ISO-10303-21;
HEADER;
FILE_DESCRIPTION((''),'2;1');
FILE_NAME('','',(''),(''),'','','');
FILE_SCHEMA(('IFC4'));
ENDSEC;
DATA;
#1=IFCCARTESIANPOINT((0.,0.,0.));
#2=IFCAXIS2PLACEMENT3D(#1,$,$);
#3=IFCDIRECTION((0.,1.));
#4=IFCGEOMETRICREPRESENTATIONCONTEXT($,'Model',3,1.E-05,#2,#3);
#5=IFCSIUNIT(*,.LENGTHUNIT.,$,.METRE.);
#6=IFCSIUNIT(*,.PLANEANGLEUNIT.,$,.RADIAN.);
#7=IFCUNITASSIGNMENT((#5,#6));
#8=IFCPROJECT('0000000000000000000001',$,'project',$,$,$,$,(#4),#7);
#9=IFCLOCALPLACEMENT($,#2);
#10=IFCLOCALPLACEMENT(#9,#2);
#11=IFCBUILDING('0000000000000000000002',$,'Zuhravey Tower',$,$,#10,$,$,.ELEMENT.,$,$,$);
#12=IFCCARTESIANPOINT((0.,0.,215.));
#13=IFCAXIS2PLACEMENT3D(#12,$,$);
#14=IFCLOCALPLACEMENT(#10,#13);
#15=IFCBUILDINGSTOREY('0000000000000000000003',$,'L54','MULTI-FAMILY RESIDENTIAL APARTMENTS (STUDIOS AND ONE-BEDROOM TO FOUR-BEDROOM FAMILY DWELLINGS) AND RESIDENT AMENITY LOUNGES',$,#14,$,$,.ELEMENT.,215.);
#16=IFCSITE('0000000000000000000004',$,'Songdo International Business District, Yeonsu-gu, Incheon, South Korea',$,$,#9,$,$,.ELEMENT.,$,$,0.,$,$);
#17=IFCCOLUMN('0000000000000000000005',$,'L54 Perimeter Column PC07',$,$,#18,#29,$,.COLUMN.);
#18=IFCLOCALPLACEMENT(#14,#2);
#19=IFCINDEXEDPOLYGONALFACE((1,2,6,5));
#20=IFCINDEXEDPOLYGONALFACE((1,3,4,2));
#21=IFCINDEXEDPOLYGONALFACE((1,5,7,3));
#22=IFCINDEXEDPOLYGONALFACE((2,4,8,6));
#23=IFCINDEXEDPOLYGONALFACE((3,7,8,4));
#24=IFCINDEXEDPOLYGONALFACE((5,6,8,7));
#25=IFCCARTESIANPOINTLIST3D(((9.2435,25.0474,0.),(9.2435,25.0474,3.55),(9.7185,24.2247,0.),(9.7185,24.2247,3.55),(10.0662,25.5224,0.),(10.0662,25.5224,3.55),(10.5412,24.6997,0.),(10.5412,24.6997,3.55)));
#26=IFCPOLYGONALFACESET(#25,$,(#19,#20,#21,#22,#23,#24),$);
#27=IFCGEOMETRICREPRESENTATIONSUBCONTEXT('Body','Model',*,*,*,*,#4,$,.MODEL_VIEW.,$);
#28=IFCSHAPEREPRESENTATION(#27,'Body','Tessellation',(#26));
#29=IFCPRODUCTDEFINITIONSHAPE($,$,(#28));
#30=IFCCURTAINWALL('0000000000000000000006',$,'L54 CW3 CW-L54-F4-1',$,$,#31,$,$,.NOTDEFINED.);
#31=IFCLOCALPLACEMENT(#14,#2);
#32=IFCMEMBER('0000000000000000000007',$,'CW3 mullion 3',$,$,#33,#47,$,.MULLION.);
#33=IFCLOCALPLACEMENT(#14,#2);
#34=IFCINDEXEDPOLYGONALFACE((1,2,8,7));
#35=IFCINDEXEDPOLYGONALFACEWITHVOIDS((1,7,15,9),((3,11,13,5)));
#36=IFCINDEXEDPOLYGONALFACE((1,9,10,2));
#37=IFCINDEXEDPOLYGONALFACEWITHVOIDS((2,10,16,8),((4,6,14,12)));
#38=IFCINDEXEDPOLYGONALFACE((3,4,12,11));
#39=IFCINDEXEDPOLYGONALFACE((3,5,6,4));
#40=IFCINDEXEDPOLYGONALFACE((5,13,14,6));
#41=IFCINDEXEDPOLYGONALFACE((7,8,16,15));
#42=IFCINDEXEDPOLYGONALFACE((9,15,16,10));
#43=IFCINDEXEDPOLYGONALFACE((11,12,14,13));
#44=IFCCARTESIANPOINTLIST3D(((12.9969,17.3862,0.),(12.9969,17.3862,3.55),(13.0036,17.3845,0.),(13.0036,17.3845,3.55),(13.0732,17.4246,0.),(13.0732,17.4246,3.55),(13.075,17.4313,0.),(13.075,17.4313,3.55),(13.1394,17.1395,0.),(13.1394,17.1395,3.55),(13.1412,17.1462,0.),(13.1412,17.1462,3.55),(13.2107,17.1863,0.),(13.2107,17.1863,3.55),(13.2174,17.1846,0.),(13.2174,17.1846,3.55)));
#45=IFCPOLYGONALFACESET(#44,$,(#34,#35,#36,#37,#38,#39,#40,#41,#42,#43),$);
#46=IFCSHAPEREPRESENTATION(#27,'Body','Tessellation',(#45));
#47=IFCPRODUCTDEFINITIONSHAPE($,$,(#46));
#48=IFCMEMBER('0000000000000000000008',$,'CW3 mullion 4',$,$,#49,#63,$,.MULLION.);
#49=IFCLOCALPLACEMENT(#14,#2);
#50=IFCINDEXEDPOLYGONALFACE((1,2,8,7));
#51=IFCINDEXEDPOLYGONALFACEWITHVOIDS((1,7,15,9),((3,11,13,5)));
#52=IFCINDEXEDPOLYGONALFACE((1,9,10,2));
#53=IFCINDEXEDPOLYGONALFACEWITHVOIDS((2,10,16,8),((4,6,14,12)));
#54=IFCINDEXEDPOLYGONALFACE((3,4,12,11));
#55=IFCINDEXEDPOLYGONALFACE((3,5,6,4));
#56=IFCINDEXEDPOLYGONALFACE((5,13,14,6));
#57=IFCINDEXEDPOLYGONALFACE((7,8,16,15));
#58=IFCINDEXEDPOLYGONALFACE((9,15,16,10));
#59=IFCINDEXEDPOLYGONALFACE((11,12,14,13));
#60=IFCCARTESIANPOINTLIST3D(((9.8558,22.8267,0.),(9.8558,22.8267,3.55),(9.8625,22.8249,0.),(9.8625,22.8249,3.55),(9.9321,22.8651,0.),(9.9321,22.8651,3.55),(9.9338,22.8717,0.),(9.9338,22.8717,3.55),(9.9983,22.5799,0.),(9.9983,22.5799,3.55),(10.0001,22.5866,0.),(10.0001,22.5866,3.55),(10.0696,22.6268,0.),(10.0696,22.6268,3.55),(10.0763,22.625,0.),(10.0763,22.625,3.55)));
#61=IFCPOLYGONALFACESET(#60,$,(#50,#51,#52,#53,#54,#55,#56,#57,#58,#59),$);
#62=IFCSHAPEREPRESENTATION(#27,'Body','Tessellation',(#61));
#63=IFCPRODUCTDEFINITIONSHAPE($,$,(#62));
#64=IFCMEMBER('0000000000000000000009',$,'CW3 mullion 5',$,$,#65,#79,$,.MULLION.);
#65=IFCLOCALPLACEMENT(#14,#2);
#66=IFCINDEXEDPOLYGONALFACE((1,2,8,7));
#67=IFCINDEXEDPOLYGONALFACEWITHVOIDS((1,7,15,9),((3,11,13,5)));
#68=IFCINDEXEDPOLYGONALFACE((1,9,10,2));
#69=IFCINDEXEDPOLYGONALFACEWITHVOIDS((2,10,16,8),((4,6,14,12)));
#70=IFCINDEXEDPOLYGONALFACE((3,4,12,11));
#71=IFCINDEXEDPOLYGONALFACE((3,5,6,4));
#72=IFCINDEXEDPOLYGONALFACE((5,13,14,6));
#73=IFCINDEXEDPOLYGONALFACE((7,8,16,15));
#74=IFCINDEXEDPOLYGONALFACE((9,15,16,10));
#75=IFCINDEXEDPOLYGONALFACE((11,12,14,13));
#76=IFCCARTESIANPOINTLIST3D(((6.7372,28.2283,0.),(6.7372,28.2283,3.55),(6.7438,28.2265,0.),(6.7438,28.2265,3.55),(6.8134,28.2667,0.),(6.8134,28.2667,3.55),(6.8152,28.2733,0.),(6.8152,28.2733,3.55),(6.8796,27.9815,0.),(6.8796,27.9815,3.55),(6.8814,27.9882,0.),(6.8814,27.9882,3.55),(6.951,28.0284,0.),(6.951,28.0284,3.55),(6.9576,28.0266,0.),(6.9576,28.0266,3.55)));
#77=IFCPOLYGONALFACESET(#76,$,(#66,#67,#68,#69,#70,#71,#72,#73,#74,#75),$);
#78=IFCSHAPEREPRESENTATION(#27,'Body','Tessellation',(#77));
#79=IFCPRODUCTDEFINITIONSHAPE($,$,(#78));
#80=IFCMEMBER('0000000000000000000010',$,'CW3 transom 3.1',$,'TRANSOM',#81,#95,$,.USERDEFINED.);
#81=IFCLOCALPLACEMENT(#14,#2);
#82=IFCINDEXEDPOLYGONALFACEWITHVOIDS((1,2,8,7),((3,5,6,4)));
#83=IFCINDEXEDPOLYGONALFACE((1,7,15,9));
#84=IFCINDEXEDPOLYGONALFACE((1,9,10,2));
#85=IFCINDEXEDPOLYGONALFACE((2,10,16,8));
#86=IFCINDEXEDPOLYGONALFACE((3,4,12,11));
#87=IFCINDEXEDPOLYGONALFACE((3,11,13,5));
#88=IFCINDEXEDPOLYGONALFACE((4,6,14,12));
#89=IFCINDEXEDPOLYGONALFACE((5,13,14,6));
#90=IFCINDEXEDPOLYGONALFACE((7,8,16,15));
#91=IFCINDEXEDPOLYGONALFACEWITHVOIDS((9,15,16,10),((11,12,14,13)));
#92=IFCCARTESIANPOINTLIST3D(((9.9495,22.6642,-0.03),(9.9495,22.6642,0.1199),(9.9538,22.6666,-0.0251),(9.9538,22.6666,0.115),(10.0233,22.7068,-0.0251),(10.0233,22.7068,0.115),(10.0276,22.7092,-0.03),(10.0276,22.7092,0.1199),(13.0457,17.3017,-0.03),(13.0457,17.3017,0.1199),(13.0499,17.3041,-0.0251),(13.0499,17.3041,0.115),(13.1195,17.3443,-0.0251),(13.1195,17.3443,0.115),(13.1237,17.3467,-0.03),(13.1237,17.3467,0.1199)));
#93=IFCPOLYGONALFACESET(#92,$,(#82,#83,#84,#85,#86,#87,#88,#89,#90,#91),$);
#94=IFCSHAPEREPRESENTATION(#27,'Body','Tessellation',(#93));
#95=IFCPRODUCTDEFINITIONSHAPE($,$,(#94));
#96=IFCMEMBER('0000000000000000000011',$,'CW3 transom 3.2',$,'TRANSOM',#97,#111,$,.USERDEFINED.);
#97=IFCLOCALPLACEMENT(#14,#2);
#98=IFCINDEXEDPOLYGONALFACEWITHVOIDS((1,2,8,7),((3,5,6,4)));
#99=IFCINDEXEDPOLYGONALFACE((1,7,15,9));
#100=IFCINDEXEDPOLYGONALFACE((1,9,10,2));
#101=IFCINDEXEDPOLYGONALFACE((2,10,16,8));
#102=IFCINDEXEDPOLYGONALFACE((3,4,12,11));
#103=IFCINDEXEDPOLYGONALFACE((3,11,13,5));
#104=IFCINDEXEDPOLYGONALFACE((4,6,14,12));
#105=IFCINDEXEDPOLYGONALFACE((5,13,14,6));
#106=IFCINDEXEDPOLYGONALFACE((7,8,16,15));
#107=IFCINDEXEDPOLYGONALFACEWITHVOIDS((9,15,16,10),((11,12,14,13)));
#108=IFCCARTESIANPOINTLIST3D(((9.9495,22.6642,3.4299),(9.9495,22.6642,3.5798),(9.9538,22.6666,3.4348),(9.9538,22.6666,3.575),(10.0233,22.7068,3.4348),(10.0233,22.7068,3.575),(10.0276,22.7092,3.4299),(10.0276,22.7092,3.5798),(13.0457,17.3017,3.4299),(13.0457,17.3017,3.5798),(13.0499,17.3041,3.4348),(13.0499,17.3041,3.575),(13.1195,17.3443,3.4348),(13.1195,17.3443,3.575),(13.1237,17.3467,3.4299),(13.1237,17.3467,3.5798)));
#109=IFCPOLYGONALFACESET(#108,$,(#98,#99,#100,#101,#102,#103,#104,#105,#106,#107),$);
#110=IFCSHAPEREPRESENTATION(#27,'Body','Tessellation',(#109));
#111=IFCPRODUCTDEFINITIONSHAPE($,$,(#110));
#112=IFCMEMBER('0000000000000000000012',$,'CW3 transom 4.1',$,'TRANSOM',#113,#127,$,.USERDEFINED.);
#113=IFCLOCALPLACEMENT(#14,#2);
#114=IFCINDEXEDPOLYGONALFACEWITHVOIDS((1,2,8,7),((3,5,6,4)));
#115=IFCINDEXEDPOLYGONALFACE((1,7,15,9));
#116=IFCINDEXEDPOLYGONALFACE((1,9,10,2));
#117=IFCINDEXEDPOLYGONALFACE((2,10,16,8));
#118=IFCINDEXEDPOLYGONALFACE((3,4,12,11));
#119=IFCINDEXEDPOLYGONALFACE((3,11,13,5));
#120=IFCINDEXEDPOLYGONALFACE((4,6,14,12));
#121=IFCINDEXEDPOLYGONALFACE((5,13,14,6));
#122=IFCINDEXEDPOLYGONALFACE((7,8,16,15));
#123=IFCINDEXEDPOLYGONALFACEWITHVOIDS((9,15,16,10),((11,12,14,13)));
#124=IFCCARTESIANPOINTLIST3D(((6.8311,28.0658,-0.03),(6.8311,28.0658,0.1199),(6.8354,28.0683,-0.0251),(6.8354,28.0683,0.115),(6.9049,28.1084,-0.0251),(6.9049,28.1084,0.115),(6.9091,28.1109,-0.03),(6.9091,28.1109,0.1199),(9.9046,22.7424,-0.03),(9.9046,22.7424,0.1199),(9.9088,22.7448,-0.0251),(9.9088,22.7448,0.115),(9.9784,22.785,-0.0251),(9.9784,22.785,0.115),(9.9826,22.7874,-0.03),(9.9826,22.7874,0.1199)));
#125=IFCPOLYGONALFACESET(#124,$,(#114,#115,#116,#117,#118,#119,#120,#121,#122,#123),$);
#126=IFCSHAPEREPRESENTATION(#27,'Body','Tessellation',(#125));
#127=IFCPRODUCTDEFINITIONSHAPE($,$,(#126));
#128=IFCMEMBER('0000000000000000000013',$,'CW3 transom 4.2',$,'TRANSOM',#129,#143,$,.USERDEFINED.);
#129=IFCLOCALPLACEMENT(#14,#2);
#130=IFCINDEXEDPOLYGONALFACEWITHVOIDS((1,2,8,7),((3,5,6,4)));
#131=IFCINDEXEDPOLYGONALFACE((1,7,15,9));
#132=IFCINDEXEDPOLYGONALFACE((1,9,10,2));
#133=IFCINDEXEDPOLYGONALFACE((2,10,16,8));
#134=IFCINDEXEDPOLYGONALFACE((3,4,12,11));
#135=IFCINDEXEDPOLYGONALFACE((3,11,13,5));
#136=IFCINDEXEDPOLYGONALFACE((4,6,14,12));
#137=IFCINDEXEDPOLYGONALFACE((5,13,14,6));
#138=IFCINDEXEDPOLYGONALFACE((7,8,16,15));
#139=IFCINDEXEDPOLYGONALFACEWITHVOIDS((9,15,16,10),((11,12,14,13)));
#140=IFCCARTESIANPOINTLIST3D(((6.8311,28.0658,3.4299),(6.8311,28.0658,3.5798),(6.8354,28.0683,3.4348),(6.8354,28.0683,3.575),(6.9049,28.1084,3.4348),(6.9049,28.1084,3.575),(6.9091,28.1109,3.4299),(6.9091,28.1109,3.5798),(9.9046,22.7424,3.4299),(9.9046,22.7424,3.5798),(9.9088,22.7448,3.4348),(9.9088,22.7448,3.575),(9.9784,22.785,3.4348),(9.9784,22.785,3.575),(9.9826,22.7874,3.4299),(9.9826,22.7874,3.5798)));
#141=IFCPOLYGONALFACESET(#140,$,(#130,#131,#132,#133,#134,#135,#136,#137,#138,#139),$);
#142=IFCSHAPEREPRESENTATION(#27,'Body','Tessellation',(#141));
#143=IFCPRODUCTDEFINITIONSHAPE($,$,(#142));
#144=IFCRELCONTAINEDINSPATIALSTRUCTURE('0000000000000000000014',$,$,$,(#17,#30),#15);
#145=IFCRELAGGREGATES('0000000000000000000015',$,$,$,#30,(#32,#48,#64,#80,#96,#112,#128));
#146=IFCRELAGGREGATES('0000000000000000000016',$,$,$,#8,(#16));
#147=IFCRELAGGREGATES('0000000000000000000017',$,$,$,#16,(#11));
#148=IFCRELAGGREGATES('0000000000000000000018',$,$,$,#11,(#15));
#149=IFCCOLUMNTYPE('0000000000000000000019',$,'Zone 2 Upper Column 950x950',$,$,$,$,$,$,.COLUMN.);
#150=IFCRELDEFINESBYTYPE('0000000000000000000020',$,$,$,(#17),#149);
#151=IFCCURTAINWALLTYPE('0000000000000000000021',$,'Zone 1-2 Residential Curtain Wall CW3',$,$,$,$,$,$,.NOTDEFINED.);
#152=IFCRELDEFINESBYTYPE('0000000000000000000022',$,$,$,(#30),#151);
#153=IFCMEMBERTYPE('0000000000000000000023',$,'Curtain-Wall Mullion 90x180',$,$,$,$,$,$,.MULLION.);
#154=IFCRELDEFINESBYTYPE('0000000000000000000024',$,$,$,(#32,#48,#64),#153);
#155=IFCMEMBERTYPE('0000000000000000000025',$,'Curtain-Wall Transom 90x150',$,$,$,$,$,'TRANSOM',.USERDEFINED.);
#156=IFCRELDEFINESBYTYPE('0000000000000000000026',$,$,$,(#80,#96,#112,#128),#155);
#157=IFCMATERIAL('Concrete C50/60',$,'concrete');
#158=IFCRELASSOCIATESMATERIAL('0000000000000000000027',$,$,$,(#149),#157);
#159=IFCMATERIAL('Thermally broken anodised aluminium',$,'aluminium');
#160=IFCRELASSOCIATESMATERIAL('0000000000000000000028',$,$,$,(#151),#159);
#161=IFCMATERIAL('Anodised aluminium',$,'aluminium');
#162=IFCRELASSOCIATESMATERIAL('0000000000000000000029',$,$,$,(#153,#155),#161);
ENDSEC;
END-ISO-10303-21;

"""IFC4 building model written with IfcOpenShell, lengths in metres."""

from ifc_helpers import new_model, si_unit, direction, frame, origin, origin_2d, place, context, subcontext, project, spatial, rectangle, hollow_rectangle, extrude, material, material_profile, profile_set, type_object, element, aggregate, save


model = new_model("IFC4")

# Units and contexts
model_context = context("Model", 3, precision=1e-05, world=origin(), true_north=direction((0.0, 1.0)))
body_context = subcontext(model_context, "Body", "Model", "MODEL_VIEW")
ifc_project = project(units=[si_unit("LENGTHUNIT", "METRE"), si_unit("PLANEANGLEUNIT", "RADIAN")], contexts=[model_context])

# Site, building, storey
site_placement = place(None, origin())
site = spatial("IfcSite", under=ifc_project, at=site_placement, Name="Songdo International Business District, Yeonsu-gu, Incheon, South Korea", CompositionType="ELEMENT", RefElevation=0.0)
building_placement = place(site_placement, origin())
building = spatial("IfcBuilding", under=site, at=building_placement, Name="Zuhravey Tower", CompositionType="ELEMENT")
storey_placement = place(building_placement, frame((0.0, 0.0, 215.0)))
storey = spatial("IfcBuildingStorey", under=building, at=storey_placement, Name="L54", Description="MULTI-FAMILY RESIDENTIAL APARTMENTS (STUDIOS AND ONE-BEDROOM TO FOUR-BEDROOM FAMILY DWELLINGS) AND RESIDENT AMENITY LOUNGES", CompositionType="ELEMENT", Elevation=215.0)

# Column
ifc_material_1 = material(Name="Concrete C50/60", Category="concrete")
ifc_material_profile_1 = material_profile(ifc_material_1, rectangle(XDim=0.95, YDim=0.95, at=origin_2d()), Name="RC-950x950")
ifc_profile_set_1 = profile_set([ifc_material_profile_1], Name="Concrete C50/60")
column_type = type_object("IfcColumnType", Name="Zone 2 Upper Column 950x950", PredefinedType="COLUMN", material=ifc_profile_set_1)
column_placement = place(storey_placement, frame((9.8923, 24.8735, 0.0), z_axis=(0.0, 0.0, 1.0), x_axis=(0.5, -0.866025, 0.0)))
element("IfcColumn", 1, at=column_placement, inside=storey, type_object=column_type, Name="L54 Perimeter Column PC07", PredefinedType="COLUMN", context=body_context, shape_type="SweptSolid", body=[
    extrude(rectangle(XDim=0.95, YDim=0.95, at=origin_2d()), origin(), (0.0, 0.0, 1.0), 3.55),
])

# Curtain wall, members
ifc_material_2 = material(Name="Thermally broken anodised aluminium", Category="aluminium")
curtain_wall_type = type_object("IfcCurtainWallType", Name="Zone 1-2 Residential Curtain Wall CW3", PredefinedType="NOTDEFINED", material=ifc_material_2)
curtain_wall_placement = place(storey_placement, origin())
curtain_wall = element("IfcCurtainWall", 2, at=curtain_wall_placement, inside=storey, type_object=curtain_wall_type, Name="L54 CW3 CW-L54-F4-1", PredefinedType="NOTDEFINED")
ifc_material_3 = material(Name="Anodised aluminium", Category="aluminium")
ifc_material_profile_2 = material_profile(ifc_material_3, hollow_rectangle(XDim=0.0901, YDim=0.2849, WallThickness=0.0049, at=origin_2d()), Name="ALU-RHS-90x285x5")
ifc_profile_set_2 = profile_set([ifc_material_profile_2], Name="Anodised aluminium")
member_type_1 = type_object("IfcMemberType", Name="Curtain-Wall Mullion 90x180", PredefinedType="MULLION", material=ifc_profile_set_2)
member_1_placement = place(storey_placement, frame((13.1072, 17.2854, 0.0), z_axis=(0.0, 0.0, 1.0), x_axis=(-0.866024, -0.500002, 0.0)))
member_1 = element("IfcMember", 3, at=member_1_placement, type_object=member_type_1, Name="CW3 mullion 3", PredefinedType="MULLION", context=body_context, shape_type="SweptSolid", body=[
    extrude(hollow_rectangle(XDim=0.0901, YDim=0.2849, WallThickness=0.0049, at=origin_2d()), origin(), (0.0, 0.0, 1.0), 3.55),
])
member_2_placement = place(storey_placement, frame((9.9661, 22.7258, 0.0), z_axis=(0.0, 0.0, 1.0), x_axis=(-0.866024, -0.500002, 0.0)))
member_2 = element("IfcMember", 4, at=member_2_placement, type_object=member_type_1, Name="CW3 mullion 4", PredefinedType="MULLION", context=body_context, shape_type="SweptSolid", body=[
    extrude(hollow_rectangle(XDim=0.0901, YDim=0.2849, WallThickness=0.0049, at=origin_2d()), origin(), (0.0, 0.0, 1.0), 3.55),
])
member_3_placement = place(storey_placement, frame((6.8474, 28.1274, 0.0), z_axis=(0.0, 0.0, 1.0), x_axis=(-0.866024, -0.500002, 0.0)))
member_3 = element("IfcMember", 5, at=member_3_placement, type_object=member_type_1, Name="CW3 mullion 5", PredefinedType="MULLION", context=body_context, shape_type="SweptSolid", body=[
    extrude(hollow_rectangle(XDim=0.0901, YDim=0.2849, WallThickness=0.0049, at=origin_2d()), origin(), (0.0, 0.0, 1.0), 3.55),
])
ifc_material_profile_3 = material_profile(ifc_material_3, hollow_rectangle(XDim=0.0901, YDim=0.1499, WallThickness=0.0049, at=origin_2d()), Name="ALU-RHS-90x150x5")
ifc_profile_set_3 = profile_set([ifc_material_profile_3], Name="Anodised aluminium")
member_type_2 = type_object("IfcMemberType", Name="Curtain-Wall Transom 90x150", ElementType="TRANSOM", PredefinedType="USERDEFINED", material=ifc_profile_set_3)
member_4_placement = place(storey_placement, frame((13.0847, 17.3242, 0.0449), z_axis=(-0.500015, 0.866017, 0.0), x_axis=(-0.866017, -0.500015, 0.0)))
member_4 = element("IfcMember", 6, at=member_4_placement, type_object=member_type_2, Name="CW3 transom 3.1", ObjectType="TRANSOM", PredefinedType="USERDEFINED", context=body_context, shape_type="SweptSolid", body=[
    extrude(hollow_rectangle(XDim=0.0901, YDim=0.1499, WallThickness=0.0049, at=origin_2d()), origin(), (0.0, 0.0, 1.0), 6.1921),
])
member_5_placement = place(storey_placement, frame((13.0847, 17.3242, 3.5049), z_axis=(-0.500015, 0.866017, 0.0), x_axis=(-0.866017, -0.500015, 0.0)))
member_5 = element("IfcMember", 7, at=member_5_placement, type_object=member_type_2, Name="CW3 transom 3.2", ObjectType="TRANSOM", PredefinedType="USERDEFINED", context=body_context, shape_type="SweptSolid", body=[
    extrude(hollow_rectangle(XDim=0.0901, YDim=0.1499, WallThickness=0.0049, at=origin_2d()), origin(), (0.0, 0.0, 1.0), 6.1921),
])
member_6_placement = place(storey_placement, frame((9.9436, 22.7649, 0.0449), z_axis=(-0.499996, 0.866028, 0.0), x_axis=(-0.866028, -0.499996, 0.0)))
member_6 = element("IfcMember", 8, at=member_6_placement, type_object=member_type_2, Name="CW3 transom 4.1", ObjectType="TRANSOM", PredefinedType="USERDEFINED", context=body_context, shape_type="SweptSolid", body=[
    extrude(hollow_rectangle(XDim=0.0901, YDim=0.1499, WallThickness=0.0049, at=origin_2d()), origin(), (0.0, 0.0, 1.0), 6.147),
])
member_7_placement = place(storey_placement, frame((9.9436, 22.7649, 3.5049), z_axis=(-0.499996, 0.866028, 0.0), x_axis=(-0.866028, -0.499996, 0.0)))
member_7 = element("IfcMember", 9, at=member_7_placement, type_object=member_type_2, Name="CW3 transom 4.2", ObjectType="TRANSOM", PredefinedType="USERDEFINED", context=body_context, shape_type="SweptSolid", body=[
    extrude(hollow_rectangle(XDim=0.0901, YDim=0.1499, WallThickness=0.0049, at=origin_2d()), origin(), (0.0, 0.0, 1.0), 6.147),
])

aggregate(curtain_wall, [member_1, member_2, member_3, member_4, member_5, member_6, member_7])

save(model, "model.ifc")
